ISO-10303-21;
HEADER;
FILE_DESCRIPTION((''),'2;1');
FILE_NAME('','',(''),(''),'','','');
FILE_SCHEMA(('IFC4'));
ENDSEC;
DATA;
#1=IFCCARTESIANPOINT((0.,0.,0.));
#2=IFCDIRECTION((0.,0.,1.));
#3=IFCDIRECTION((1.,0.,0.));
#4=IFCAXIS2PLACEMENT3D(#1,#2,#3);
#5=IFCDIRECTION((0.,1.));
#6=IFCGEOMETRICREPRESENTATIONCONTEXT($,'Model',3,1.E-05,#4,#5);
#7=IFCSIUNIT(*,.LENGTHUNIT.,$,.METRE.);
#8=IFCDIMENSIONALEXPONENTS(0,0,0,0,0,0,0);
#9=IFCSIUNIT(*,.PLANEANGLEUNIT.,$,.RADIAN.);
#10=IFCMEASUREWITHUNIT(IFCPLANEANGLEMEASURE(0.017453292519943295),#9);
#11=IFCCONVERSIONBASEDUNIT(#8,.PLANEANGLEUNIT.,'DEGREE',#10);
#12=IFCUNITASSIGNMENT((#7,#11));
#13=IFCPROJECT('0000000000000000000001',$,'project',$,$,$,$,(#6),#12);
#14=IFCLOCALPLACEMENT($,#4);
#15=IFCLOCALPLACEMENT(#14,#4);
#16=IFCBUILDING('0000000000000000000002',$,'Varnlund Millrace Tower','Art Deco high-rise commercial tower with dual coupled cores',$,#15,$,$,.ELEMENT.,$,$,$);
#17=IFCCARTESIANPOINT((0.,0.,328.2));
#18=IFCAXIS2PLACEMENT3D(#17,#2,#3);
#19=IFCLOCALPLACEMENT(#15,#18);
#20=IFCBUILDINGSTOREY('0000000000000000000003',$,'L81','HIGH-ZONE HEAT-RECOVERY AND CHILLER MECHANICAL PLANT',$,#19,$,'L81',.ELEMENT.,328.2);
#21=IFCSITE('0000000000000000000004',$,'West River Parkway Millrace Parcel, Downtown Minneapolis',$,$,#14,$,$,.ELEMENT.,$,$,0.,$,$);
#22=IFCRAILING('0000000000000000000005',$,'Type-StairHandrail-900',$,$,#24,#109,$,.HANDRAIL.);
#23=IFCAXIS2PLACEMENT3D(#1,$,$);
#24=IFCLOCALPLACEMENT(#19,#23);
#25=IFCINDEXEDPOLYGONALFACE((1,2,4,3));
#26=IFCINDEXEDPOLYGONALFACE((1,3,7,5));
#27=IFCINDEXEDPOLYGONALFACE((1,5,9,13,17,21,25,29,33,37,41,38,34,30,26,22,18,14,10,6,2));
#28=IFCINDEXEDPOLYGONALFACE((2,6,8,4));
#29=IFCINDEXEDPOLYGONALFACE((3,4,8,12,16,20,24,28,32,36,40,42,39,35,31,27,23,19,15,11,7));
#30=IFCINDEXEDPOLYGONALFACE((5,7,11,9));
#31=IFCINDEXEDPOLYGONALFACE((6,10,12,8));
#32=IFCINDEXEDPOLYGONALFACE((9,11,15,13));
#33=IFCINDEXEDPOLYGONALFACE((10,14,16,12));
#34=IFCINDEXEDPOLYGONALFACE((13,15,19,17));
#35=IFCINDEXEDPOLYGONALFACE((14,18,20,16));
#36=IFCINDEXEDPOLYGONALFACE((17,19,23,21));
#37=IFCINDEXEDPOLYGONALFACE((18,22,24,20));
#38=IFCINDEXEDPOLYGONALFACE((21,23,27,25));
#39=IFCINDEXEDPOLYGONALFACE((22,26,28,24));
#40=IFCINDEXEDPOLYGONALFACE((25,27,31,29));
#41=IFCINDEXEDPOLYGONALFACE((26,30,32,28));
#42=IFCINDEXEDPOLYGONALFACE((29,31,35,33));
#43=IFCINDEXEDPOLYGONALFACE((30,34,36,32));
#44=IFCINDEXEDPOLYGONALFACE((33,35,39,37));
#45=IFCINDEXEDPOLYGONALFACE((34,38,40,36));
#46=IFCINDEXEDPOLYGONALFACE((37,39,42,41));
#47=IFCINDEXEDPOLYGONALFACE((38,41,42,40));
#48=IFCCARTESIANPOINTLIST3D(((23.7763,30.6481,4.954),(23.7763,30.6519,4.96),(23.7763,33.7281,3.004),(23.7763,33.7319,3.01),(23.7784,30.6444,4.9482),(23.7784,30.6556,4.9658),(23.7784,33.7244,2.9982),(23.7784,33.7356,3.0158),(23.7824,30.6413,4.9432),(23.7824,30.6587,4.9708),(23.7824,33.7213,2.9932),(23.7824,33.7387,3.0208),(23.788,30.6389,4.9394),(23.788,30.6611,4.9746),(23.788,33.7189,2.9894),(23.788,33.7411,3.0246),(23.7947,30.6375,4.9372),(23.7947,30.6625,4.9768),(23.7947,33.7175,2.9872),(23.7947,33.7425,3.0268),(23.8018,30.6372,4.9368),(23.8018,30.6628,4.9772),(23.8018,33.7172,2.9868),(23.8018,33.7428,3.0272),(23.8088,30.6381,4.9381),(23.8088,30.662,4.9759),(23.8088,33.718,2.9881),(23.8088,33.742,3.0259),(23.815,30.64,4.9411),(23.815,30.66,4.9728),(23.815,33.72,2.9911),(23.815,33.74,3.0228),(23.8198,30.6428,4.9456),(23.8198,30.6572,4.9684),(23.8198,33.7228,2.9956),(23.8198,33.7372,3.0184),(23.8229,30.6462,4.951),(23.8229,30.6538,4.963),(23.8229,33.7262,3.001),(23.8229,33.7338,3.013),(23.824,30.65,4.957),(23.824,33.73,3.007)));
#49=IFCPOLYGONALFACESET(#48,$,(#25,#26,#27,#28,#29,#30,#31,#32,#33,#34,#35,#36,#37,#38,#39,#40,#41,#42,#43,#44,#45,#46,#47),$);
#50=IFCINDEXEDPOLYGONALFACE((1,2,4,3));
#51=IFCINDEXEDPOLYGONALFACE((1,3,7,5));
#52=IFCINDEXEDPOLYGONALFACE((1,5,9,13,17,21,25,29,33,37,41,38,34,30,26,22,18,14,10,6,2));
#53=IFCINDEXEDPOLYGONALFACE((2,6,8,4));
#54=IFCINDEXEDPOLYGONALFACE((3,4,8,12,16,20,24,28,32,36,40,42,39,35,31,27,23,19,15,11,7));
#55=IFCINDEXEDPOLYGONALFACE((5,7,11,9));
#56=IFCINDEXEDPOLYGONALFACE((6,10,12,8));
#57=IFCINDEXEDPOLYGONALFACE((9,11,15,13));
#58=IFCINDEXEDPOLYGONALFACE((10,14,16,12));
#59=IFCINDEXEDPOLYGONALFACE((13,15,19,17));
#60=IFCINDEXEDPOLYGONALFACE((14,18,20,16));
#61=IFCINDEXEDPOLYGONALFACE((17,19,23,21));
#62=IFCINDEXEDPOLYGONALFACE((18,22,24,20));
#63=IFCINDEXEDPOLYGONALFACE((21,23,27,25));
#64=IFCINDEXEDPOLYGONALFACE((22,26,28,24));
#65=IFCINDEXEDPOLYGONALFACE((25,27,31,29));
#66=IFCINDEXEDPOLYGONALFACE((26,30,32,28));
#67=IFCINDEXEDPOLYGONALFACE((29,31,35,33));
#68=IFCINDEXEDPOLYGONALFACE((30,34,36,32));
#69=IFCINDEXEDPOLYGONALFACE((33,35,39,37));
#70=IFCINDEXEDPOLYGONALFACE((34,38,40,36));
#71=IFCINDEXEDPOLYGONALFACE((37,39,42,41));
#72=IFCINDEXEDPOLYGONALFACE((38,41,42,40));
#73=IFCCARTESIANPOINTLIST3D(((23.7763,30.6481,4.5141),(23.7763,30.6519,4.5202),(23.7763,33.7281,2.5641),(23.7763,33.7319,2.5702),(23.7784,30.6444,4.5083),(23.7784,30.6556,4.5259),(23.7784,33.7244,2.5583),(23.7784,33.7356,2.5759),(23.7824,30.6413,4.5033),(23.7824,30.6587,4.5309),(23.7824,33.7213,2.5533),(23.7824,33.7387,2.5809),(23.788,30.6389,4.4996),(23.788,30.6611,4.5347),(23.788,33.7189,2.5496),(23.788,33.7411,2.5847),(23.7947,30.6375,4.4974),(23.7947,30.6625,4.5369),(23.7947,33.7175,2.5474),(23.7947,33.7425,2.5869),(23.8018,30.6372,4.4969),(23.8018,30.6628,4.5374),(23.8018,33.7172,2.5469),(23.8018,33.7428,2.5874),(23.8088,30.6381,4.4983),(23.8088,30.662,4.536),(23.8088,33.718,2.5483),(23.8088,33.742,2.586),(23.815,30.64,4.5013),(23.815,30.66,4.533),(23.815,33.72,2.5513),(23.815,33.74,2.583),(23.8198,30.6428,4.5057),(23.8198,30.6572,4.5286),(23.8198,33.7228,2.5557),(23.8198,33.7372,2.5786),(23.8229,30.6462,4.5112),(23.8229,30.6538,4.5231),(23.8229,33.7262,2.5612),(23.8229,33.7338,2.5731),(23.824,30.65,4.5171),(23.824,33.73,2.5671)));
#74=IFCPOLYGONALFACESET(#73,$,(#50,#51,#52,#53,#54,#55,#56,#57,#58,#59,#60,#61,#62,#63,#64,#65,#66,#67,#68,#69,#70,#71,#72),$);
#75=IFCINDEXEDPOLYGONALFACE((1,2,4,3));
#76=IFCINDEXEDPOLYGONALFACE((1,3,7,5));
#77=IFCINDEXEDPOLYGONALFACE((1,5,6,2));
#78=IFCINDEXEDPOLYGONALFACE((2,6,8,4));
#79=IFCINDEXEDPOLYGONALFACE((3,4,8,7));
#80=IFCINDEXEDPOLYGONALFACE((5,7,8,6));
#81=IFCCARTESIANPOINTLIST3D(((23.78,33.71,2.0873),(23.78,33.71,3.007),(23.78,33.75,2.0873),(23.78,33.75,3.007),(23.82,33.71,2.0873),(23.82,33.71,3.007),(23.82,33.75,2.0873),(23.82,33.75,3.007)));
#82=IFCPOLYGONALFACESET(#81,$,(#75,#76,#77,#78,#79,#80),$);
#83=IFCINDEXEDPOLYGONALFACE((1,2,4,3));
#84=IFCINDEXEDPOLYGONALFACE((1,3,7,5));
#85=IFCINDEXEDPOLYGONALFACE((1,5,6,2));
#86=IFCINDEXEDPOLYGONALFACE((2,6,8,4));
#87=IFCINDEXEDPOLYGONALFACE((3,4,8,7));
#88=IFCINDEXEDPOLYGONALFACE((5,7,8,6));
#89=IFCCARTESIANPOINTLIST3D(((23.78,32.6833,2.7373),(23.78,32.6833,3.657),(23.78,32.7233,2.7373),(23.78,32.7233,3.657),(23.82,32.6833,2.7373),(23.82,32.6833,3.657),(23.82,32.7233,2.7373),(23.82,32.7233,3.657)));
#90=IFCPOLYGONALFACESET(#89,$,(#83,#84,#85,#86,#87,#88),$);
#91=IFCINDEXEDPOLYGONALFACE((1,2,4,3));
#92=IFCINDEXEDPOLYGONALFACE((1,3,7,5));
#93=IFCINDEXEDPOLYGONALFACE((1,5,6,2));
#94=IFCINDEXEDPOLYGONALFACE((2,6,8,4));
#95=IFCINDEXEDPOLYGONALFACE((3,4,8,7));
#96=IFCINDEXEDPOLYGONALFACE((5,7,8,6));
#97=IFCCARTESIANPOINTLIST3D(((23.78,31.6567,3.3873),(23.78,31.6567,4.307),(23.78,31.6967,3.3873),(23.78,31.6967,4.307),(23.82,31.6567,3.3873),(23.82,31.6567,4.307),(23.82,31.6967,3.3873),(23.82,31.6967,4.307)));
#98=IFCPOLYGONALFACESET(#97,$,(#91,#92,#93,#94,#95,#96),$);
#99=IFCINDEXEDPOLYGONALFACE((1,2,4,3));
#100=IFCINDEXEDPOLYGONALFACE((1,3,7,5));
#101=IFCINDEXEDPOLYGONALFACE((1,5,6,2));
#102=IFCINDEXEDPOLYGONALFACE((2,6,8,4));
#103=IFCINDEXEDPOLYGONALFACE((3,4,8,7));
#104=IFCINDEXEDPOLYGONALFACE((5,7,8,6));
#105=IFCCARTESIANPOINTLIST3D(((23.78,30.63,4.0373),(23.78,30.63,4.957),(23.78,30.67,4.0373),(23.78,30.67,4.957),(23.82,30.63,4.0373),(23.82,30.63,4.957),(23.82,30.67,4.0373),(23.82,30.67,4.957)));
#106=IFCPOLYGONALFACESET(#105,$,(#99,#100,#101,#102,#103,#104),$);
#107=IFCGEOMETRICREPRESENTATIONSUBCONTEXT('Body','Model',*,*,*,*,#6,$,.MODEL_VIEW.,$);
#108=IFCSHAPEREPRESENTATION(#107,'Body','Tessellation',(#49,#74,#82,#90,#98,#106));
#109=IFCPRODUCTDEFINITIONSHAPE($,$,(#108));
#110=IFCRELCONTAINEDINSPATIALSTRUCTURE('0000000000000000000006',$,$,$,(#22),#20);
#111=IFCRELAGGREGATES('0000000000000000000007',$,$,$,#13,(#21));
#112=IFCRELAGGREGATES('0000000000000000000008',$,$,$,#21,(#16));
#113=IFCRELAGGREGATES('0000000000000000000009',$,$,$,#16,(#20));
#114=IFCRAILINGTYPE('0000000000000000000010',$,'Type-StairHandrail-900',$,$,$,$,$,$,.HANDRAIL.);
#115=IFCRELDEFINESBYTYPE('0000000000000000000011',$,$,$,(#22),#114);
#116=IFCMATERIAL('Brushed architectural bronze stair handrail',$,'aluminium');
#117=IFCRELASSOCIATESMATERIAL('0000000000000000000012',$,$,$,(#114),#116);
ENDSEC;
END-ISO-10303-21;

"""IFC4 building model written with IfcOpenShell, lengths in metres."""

from ifc_helpers import new_model, entity, si_unit, converted_unit, direction, frame, origin_with_axes, origin_2d_with_axis, place, context, subcontext, project, spatial, rectangle, circle, extrude, material, type_object, element, save


model = new_model("IFC4")

# Units and contexts
model_context = context("Model", 3, precision=1e-05, world=origin_with_axes(), true_north=direction((0.0, 1.0)))
body_context = subcontext(model_context, "Body", "Model", "MODEL_VIEW")
ifc_project = project(units=[si_unit("LENGTHUNIT", "METRE"), converted_unit("PLANEANGLEUNIT", "DEGREE", entity("IfcPlaneAngleMeasure", 0.017453292519943295), si_unit("PLANEANGLEUNIT", "RADIAN"), dimensions=[0, 0, 0, 0, 0, 0, 0])], contexts=[model_context])

# Site, building, storey
site_placement = place(None, origin_with_axes())
site = spatial("IfcSite", under=ifc_project, at=site_placement, Name="West River Parkway Millrace Parcel, Downtown Minneapolis", CompositionType="ELEMENT", RefElevation=0.0)
building_placement = place(site_placement, origin_with_axes())
building = spatial("IfcBuilding", under=site, at=building_placement, Name="Varnlund Millrace Tower", Description="Art Deco high-rise commercial tower with dual coupled cores", CompositionType="ELEMENT")
storey_placement = place(building_placement, frame((0.0, 0.0, 328.2), z_axis=(0.0, 0.0, 1.0), x_axis=(1.0, 0.0, 0.0)))
storey = spatial("IfcBuildingStorey", under=building, at=storey_placement, Name="L81", Description="HIGH-ZONE HEAT-RECOVERY AND CHILLER MECHANICAL PLANT", LongName="L81", CompositionType="ELEMENT", Elevation=328.2)

# Railing
ifc_material_1 = material(Name="Brushed architectural bronze stair handrail", Category="aluminium")
railing_type_1 = type_object("IfcRailingType", Name="Type-StairHandrail-900", PredefinedType="HANDRAIL", material=ifc_material_1)
railing_1_placement = place(storey_placement, frame((0.0, 0.0, -328.2), z_axis=(0.0, 0.0, 1.0), x_axis=(1.0, 0.0, 0.0)))
element("IfcRailing", 1, at=railing_1_placement, inside=storey, type_object=railing_type_1, Name="Type-StairHandrail-900", PredefinedType="HANDRAIL", context=body_context, shape_type="SweptSolid", body=[
    extrude(circle(Radius=0.024, at=origin_2d_with_axis()), frame((23.8, 33.73, 331.207), z_axis=(0.0, -0.844902, 0.534922), x_axis=(1.0, 0.0, 0.0)), (0.0, 0.0, 1.0), 3.6454),
    extrude(circle(Radius=0.024, at=origin_2d_with_axis()), frame((23.8, 33.73, 330.7671), z_axis=(0.0, -0.844902, 0.534922), x_axis=(1.0, 0.0, 0.0)), (0.0, 0.0, 1.0), 3.6454),
    extrude(rectangle(XDim=0.04, YDim=0.04, at=origin_2d_with_axis()), frame((23.8, 33.73, 330.2873), z_axis=(0.0, 0.0, 1.0), x_axis=(1.0, 0.0, 0.0)), (0.0, 0.0, 1.0), 0.9197),
    extrude(rectangle(XDim=0.04, YDim=0.04, at=origin_2d_with_axis()), frame((23.8, 32.7033, 330.9373), z_axis=(0.0, 0.0, 1.0), x_axis=(1.0, 0.0, 0.0)), (0.0, 0.0, 1.0), 0.9197),
    extrude(rectangle(XDim=0.04, YDim=0.04, at=origin_2d_with_axis()), frame((23.8, 31.6767, 331.5873), z_axis=(0.0, 0.0, 1.0), x_axis=(1.0, 0.0, 0.0)), (0.0, 0.0, 1.0), 0.9197),
    extrude(rectangle(XDim=0.04, YDim=0.04, at=origin_2d_with_axis()), frame((23.8, 30.65, 332.2373), z_axis=(0.0, 0.0, 1.0), x_axis=(1.0, 0.0, 0.0)), (0.0, 0.0, 1.0), 0.9197),
])

save(model, "model.ifc")
